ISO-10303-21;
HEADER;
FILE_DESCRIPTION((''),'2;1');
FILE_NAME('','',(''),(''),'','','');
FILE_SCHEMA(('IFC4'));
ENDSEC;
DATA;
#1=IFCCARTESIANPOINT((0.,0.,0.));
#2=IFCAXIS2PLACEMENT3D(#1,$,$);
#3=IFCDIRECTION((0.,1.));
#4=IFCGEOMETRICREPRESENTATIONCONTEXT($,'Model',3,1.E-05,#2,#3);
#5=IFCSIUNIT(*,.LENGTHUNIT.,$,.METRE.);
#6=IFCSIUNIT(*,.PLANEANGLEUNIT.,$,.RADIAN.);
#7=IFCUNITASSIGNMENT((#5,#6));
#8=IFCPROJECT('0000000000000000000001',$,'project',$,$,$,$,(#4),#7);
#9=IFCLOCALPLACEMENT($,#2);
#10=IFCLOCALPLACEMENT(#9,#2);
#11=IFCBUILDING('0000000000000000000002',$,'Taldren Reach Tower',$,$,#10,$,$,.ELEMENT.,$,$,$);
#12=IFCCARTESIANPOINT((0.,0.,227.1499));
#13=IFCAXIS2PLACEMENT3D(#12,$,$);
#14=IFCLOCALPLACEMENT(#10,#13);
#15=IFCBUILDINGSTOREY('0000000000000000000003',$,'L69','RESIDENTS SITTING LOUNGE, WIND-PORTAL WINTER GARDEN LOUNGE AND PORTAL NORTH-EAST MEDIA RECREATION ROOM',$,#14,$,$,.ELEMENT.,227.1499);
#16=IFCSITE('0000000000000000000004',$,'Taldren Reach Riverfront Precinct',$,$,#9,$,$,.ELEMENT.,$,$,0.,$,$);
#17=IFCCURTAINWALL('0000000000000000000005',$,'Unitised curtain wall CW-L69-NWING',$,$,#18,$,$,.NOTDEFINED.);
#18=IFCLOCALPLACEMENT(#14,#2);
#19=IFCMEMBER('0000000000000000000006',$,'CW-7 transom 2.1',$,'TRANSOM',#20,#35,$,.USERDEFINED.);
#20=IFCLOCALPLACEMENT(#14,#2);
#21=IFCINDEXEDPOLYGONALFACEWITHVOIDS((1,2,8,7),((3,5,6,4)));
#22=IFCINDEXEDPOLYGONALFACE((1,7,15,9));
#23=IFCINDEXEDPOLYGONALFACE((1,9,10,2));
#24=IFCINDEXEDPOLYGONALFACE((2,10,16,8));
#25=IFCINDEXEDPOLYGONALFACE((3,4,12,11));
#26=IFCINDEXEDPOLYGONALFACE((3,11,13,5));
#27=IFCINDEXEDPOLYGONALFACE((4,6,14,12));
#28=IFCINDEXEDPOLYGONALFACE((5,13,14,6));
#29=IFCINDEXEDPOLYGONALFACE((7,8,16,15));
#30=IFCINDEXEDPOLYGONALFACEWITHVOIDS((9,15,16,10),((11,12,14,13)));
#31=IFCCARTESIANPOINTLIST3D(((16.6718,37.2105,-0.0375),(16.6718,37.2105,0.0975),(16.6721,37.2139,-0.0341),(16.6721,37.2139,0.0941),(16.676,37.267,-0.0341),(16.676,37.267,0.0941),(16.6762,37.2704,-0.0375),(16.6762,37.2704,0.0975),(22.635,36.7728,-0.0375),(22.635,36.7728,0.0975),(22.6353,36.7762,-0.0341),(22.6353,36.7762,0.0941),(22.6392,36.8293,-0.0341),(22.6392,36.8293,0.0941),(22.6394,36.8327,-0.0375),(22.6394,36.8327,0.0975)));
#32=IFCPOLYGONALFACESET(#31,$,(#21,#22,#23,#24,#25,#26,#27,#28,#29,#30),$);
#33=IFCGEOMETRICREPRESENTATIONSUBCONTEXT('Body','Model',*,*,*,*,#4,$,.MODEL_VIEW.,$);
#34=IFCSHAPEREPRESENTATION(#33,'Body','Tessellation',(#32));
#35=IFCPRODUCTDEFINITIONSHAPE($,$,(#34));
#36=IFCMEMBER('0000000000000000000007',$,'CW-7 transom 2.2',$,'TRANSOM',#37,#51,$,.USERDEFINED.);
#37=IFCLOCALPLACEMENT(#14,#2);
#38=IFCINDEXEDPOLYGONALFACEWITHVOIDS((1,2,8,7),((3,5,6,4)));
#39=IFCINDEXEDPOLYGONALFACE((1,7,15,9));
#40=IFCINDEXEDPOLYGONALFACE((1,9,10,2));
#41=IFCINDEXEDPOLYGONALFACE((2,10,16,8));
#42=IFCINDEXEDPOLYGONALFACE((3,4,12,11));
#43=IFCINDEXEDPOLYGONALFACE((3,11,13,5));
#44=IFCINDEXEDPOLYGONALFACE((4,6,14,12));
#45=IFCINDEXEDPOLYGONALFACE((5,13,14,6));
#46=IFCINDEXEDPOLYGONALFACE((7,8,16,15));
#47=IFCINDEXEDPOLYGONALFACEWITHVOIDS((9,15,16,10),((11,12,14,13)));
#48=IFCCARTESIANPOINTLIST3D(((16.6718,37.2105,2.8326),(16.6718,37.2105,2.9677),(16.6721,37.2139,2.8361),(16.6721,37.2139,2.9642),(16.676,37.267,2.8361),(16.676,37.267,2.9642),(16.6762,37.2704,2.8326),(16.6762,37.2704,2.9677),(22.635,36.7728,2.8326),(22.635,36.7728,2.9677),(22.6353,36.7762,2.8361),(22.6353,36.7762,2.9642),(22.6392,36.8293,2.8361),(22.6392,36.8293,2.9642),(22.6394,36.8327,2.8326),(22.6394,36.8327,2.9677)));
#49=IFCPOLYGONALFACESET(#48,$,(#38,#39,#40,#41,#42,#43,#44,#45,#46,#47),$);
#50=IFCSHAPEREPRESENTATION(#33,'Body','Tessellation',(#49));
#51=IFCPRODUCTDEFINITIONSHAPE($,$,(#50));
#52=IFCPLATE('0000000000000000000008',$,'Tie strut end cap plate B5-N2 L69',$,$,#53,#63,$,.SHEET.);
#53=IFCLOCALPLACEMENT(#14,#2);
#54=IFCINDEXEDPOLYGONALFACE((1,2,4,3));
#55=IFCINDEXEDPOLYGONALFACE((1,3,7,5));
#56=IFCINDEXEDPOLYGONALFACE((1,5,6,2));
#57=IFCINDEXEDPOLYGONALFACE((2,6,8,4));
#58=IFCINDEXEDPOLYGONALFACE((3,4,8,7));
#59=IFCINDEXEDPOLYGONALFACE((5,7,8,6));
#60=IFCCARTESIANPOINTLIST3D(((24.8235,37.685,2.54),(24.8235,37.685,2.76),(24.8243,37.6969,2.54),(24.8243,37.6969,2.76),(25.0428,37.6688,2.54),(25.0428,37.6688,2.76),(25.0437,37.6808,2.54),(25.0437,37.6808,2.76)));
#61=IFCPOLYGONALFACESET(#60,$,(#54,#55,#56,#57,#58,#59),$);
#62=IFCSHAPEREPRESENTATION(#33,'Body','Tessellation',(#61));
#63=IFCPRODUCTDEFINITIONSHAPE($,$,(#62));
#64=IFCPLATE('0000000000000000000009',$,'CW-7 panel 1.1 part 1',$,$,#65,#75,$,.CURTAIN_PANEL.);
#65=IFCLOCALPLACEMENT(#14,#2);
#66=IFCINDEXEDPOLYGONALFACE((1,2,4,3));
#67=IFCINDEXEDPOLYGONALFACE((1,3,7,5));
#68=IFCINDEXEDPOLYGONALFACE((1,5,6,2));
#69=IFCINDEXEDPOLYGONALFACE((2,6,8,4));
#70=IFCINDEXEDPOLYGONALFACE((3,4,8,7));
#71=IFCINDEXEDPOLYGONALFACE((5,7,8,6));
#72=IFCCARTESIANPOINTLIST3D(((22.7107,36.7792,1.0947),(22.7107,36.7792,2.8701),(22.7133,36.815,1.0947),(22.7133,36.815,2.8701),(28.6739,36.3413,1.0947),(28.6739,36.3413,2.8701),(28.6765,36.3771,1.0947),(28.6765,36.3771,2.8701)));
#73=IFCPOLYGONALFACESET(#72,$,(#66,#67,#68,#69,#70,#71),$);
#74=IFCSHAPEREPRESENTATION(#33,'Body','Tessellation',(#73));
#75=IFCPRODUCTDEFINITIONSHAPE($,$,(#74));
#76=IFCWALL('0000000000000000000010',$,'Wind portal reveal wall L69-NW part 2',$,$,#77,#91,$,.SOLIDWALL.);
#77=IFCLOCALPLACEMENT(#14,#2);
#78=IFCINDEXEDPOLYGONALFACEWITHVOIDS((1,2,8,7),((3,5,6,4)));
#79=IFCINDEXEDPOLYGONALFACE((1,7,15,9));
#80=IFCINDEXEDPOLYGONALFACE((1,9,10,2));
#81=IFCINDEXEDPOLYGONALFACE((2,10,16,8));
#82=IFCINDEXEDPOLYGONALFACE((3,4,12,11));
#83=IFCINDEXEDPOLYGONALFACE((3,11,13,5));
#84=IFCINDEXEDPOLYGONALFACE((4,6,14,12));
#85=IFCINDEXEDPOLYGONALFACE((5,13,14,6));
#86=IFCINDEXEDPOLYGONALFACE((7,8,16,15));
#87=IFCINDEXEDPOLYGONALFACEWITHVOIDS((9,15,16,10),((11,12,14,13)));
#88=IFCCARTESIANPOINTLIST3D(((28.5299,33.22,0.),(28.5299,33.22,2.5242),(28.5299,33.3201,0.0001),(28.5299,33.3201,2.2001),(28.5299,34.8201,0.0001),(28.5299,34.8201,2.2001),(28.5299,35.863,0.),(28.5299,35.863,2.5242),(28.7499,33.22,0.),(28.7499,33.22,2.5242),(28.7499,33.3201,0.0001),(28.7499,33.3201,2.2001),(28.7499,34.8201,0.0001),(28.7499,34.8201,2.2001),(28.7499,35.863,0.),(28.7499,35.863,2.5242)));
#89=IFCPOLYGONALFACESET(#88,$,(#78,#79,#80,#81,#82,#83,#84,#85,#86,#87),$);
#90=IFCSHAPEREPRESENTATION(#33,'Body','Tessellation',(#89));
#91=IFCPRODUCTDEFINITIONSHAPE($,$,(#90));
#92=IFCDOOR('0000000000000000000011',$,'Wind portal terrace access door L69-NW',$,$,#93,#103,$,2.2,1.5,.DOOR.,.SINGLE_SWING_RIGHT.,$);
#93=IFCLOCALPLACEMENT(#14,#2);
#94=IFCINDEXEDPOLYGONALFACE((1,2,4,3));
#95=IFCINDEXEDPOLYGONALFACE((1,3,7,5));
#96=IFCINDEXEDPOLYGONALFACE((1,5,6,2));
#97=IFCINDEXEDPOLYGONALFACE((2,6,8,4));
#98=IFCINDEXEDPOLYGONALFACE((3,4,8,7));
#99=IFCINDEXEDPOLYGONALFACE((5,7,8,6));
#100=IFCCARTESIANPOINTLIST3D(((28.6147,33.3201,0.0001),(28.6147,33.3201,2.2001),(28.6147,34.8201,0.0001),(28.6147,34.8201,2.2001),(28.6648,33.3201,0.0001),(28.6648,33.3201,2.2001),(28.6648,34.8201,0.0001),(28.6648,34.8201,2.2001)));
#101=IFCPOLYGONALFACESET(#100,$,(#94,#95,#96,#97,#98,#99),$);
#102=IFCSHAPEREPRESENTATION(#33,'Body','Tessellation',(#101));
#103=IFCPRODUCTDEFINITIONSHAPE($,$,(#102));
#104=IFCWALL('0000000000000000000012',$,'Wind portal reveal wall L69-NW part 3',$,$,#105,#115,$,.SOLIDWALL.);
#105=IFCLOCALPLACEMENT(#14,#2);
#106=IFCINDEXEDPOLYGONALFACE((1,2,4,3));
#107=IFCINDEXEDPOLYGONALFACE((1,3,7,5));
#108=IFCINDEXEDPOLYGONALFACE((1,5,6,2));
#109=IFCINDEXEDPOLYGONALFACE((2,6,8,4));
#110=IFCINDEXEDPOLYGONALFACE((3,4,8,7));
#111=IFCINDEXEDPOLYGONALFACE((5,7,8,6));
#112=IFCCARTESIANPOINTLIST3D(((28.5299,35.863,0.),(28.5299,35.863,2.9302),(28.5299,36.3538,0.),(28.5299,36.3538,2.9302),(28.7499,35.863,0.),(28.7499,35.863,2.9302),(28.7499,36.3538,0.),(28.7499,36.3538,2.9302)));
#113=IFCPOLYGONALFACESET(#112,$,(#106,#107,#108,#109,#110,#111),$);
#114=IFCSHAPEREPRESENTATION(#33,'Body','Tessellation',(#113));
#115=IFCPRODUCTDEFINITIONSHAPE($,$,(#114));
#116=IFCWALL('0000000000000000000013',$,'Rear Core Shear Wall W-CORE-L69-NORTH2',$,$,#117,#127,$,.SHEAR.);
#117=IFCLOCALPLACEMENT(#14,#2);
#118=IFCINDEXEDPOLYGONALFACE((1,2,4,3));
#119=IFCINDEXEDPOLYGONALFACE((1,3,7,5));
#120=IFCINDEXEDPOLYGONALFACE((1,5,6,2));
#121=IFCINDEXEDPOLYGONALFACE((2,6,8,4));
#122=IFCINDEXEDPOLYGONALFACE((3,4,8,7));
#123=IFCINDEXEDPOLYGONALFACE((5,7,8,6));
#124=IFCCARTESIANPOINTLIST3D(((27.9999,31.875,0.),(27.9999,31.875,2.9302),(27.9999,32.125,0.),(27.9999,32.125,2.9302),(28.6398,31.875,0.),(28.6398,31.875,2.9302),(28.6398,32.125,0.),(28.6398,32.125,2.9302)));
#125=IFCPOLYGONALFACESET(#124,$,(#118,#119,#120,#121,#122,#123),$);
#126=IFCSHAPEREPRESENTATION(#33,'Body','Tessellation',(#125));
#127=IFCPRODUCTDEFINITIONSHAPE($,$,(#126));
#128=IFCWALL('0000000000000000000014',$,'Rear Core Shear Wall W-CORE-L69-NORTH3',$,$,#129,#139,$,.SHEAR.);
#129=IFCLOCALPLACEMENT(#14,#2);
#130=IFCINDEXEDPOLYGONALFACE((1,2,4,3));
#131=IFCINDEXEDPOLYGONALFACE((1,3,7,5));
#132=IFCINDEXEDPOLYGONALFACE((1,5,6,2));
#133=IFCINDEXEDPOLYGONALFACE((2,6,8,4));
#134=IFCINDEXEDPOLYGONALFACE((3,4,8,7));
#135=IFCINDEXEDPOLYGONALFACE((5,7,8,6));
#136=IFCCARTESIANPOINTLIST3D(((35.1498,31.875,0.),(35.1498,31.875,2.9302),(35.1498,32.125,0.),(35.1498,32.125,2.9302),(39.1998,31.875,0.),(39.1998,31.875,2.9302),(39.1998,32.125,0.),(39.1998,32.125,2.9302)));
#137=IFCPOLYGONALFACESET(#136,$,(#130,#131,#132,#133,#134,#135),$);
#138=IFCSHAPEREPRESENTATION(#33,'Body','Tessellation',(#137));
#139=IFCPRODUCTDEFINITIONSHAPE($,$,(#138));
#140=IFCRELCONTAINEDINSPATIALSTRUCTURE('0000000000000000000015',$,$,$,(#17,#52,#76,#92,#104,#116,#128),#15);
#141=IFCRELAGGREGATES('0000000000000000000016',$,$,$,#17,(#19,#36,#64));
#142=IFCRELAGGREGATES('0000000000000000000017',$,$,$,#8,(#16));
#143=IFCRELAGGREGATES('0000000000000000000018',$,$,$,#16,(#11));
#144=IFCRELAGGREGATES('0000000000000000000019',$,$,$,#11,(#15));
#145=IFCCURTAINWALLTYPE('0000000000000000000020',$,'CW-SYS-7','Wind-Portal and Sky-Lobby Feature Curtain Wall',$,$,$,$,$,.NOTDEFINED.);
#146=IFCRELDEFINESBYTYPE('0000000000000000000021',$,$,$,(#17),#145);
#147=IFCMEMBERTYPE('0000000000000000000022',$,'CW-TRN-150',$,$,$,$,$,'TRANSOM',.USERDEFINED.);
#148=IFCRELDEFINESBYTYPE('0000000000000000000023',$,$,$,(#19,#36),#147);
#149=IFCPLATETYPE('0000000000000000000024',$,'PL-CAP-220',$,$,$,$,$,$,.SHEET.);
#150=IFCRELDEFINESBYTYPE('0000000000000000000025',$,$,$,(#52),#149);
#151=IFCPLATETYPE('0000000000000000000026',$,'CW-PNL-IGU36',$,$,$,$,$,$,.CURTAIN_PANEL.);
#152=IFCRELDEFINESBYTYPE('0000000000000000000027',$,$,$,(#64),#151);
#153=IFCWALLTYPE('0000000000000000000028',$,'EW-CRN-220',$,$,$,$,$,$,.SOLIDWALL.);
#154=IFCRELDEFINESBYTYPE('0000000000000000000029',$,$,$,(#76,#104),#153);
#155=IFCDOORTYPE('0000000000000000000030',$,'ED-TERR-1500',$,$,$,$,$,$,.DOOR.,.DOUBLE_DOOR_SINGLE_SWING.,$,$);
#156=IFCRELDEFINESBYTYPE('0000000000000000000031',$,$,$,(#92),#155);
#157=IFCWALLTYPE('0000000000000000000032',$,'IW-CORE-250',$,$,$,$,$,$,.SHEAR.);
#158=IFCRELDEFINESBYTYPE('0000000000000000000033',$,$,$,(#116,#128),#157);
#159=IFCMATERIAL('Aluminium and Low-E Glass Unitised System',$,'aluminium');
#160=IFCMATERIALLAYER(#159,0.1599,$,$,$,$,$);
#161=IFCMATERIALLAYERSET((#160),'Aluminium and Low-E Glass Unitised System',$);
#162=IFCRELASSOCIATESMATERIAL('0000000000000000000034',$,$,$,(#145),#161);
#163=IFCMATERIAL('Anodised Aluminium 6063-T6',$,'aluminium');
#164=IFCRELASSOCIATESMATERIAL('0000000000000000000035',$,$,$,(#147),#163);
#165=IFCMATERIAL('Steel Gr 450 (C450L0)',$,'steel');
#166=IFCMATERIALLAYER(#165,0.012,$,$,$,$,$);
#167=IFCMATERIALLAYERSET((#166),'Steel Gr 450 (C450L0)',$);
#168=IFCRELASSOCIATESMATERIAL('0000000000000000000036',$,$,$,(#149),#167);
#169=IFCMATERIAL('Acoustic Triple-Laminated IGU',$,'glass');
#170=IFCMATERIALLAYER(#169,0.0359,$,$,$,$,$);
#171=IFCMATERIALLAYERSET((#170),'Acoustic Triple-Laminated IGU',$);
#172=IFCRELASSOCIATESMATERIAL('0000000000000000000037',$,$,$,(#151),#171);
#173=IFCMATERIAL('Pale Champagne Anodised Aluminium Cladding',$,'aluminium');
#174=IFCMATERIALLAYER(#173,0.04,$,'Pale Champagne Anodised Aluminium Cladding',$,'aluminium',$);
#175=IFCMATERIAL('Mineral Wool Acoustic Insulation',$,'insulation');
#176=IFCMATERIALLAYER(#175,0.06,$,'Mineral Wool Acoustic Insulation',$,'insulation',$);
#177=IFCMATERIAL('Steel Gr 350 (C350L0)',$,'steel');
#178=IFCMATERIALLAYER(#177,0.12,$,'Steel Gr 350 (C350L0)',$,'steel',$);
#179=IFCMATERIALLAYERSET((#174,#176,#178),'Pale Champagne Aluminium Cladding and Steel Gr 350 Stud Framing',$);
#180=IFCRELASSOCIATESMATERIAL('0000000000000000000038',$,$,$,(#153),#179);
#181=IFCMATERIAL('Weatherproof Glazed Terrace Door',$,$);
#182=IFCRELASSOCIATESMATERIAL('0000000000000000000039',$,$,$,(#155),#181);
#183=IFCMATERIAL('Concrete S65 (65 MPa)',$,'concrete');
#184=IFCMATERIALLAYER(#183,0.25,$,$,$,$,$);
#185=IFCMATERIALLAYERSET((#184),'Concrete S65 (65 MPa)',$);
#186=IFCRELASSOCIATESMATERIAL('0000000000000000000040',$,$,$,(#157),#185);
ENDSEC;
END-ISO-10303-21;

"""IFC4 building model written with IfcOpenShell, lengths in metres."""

from ifc_helpers import new_model, si_unit, direction, frame, frame_2d, origin, origin_2d, place, context, subcontext, project, spatial, rectangle, hollow_rectangle, extrude, source, transform, mapped, material, layer, layer_set, material_profile, profile_set, type_object, element, fill, aggregate, save


model = new_model("IFC4")

# Units and contexts
model_context = context("Model", 3, precision=1e-05, world=origin(), true_north=direction((0.0, 1.0)))
body_context = subcontext(model_context, "Body", "Model", "MODEL_VIEW")
ifc_project = project(units=[si_unit("LENGTHUNIT", "METRE"), si_unit("PLANEANGLEUNIT", "RADIAN")], contexts=[model_context])

# Site, building, storey
site_placement = place(None, origin())
site = spatial("IfcSite", under=ifc_project, at=site_placement, Name="Taldren Reach Riverfront Precinct", CompositionType="ELEMENT", RefElevation=0.0)
building_placement = place(site_placement, origin())
building = spatial("IfcBuilding", under=site, at=building_placement, Name="Taldren Reach Tower", CompositionType="ELEMENT")
storey_placement = place(building_placement, frame((0.0, 0.0, 227.1499)))
storey = spatial("IfcBuildingStorey", under=building, at=storey_placement, Name="L69", Description="RESIDENTS SITTING LOUNGE, WIND-PORTAL WINTER GARDEN LOUNGE AND PORTAL NORTH-EAST MEDIA RECREATION ROOM", CompositionType="ELEMENT", Elevation=227.1499)

# Shared definitions
ifc_material_1 = material(Name="Steel Gr 450 (C450L0)", Category="steel")
ifc_material_2 = material(Name="Steel Gr 350 (C350L0)", Category="steel")

# Shared definitions
ifc_material_3 = material(Name="Aluminium and Low-E Glass Unitised System", Category="aluminium")
ifc_layer_1 = layer(ifc_material_3, 0.1599)
ifc_layer_set_1 = layer_set([ifc_layer_1], Name="Aluminium and Low-E Glass Unitised System")
curtain_wall_type = type_object("IfcCurtainWallType", Name="CW-SYS-7", Description="Wind-Portal and Sky-Lobby Feature Curtain Wall", PredefinedType="NOTDEFINED", material=ifc_layer_set_1)
ifc_material_4 = material(Name="Anodised Aluminium 6063-T6", Category="aluminium")

# Curtain wall, members
curtain_wall_1_placement = place(storey_placement, origin())
curtain_wall_1 = element("IfcCurtainWall", 1, at=curtain_wall_1_placement, inside=storey, type_object=curtain_wall_type, Name="Unitised curtain wall CW-L69-NWING", PredefinedType="NOTDEFINED")
ifc_material_profile_1 = material_profile(ifc_material_4, hollow_rectangle(XDim=0.0601, YDim=0.135, WallThickness=0.0034, at=origin_2d()), Name="ALU-135x60x3.5RHS")
ifc_profile_set_1 = profile_set([ifc_material_profile_1], Name="Anodised Aluminium 6063-T6")
member_type_1 = type_object("IfcMemberType", Name="CW-TRN-150", ElementType="TRANSOM", PredefinedType="USERDEFINED", material=ifc_profile_set_1)
shared_shape_1 = source(origin(), body_context, "Body", "SweptSolid", [
    extrude(hollow_rectangle(XDim=0.0601, YDim=0.135, WallThickness=0.0034, at=origin_2d()), origin(), (0.0, 0.0, 1.0), 5.9792),
])
member_1_placement = place(storey_placement, frame((22.6372, 36.8027, 0.03), z_axis=(-0.997316, 0.073211, 0.0), x_axis=(-0.073211, -0.997316, 0.0)))
member_1 = element("IfcMember", 2, at=member_1_placement, type_object=member_type_1, Name="CW-7 transom 2.1", ObjectType="TRANSOM", PredefinedType="USERDEFINED", context=body_context, shape_type="MappedRepresentation", body=[
    mapped(shared_shape_1, transform((0.0, 0.0, 0.0), scale=1.0)),
])
member_2_placement = place(storey_placement, frame((22.6372, 36.8027, 2.9001), z_axis=(-0.997316, 0.073211, 0.0), x_axis=(-0.073211, -0.997316, 0.0)))
member_2 = element("IfcMember", 3, at=member_2_placement, type_object=member_type_1, Name="CW-7 transom 2.2", ObjectType="TRANSOM", PredefinedType="USERDEFINED", context=body_context, shape_type="MappedRepresentation", body=[
    mapped(shared_shape_1, transform((0.0, 0.0, 0.0), scale=1.0)),
])

# Plates
ifc_layer_2 = layer(ifc_material_1, 0.012)
ifc_layer_set_2 = layer_set([ifc_layer_2], Name="Steel Gr 450 (C450L0)")
plate_type_1 = type_object("IfcPlateType", Name="PL-CAP-220", PredefinedType="SHEET", material=ifc_layer_set_2)
shared_shape_2 = source(origin(), body_context, "Body", "SweptSolid", [
    extrude(rectangle(XDim=0.22, YDim=0.012, at=origin_2d()), origin(), (0.0, 0.0, 1.0), 0.22),
])
plate_1_placement = place(storey_placement, frame((24.9336, 37.6829, 2.54), z_axis=(0.0, 0.0, 1.0), x_axis=(0.997314, -0.073238, 0.0)))
element("IfcPlate", 4, at=plate_1_placement, inside=storey, type_object=plate_type_1, Name="Tie strut end cap plate B5-N2 L69", PredefinedType="SHEET", context=body_context, shape_type="MappedRepresentation", body=[
    mapped(shared_shape_2, transform((0.0, 0.0, 0.0), scale=1.0)),
])
ifc_material_5 = material(Name="Acoustic Triple-Laminated IGU", Category="glass")
ifc_layer_3 = layer(ifc_material_5, 0.0359)
ifc_layer_set_3 = layer_set([ifc_layer_3], Name="Acoustic Triple-Laminated IGU")
plate_type_2 = type_object("IfcPlateType", Name="CW-PNL-IGU36", PredefinedType="CURTAIN_PANEL", material=ifc_layer_set_3)
shared_shape_3 = source(origin(), body_context, "Body", "SweptSolid", [
    extrude(rectangle(XDim=5.9792, YDim=0.0359, at=origin_2d()), origin(), (0.0, 0.0, 1.0), 1.7754),
])
plate_2_placement = place(storey_placement, frame((25.6936, 36.5781, 1.0947), z_axis=(0.0, 0.0, 1.0), x_axis=(-0.997314, 0.073238, 0.0)))
plate_2 = element("IfcPlate", 5, at=plate_2_placement, type_object=plate_type_2, Name="CW-7 panel 1.1 part 1", PredefinedType="CURTAIN_PANEL", context=body_context, shape_type="MappedRepresentation", body=[
    mapped(shared_shape_3, transform((0.0, 0.0, 0.0), scale=1.0)),
])
aggregate(curtain_wall_1, [member_1, member_2, plate_2])

# Wall, opening, door
ifc_material_6 = material(Name="Pale Champagne Anodised Aluminium Cladding", Category="aluminium")
ifc_layer_4 = layer(ifc_material_6, 0.04, Name="Pale Champagne Anodised Aluminium Cladding", Category="aluminium")
ifc_material_7 = material(Name="Mineral Wool Acoustic Insulation", Category="insulation")
ifc_layer_5 = layer(ifc_material_7, 0.06, Name="Mineral Wool Acoustic Insulation", Category="insulation")
ifc_layer_6 = layer(ifc_material_2, 0.12, Name="Steel Gr 350 (C350L0)", Category="steel")
ifc_layer_set_4 = layer_set([ifc_layer_4, ifc_layer_5, ifc_layer_6], Name="Pale Champagne Aluminium Cladding and Steel Gr 350 Stud Framing")
wall_type_1 = type_object("IfcWallType", Name="EW-CRN-220", PredefinedType="SOLIDWALL", material=ifc_layer_set_4)
shared_shape_4 = source(origin(), body_context, "Body", "SweptSolid", [
    extrude(rectangle(XDim=2.6431, YDim=0.22, at=frame_2d((1.3215, 0.0))), origin(), (0.0, 0.0, 1.0), 2.5242),
])
wall_1_placement = place(storey_placement, frame((28.6399, 33.22, 0.0), z_axis=(0.0, 0.0, 1.0), x_axis=(0.0, 1.0, 0.0)))
wall_1 = element("IfcWall", 6, at=wall_1_placement, inside=storey, type_object=wall_type_1, Name="Wind portal reveal wall L69-NW part 2", PredefinedType="SOLIDWALL", context=body_context, shape_type="MappedRepresentation", body=[
    mapped(shared_shape_4, transform((0.0, 0.0, 0.0), scale=1.0)),
])
shared_shape_5 = source(origin(), body_context, "Body", "SweptSolid", [
    extrude(rectangle(XDim=1.5, YDim=2.2, at=frame_2d((0.75, 1.1001))), frame((0.0, 0.1201, 0.0), z_axis=(0.0, -1.0, 0.0), x_axis=(1.0, 0.0, 0.0)), (0.0, 0.0, 1.0), 0.24),
])
opening_placement = place(wall_1_placement, frame((0.1001, 0.0, 0.0)))
opening = element("IfcOpeningElement", 7, at=opening_placement, cuts=wall_1, PredefinedType="OPENING", context=body_context, shape_type="MappedRepresentation", body=[
    mapped(shared_shape_5, transform((0.0, 0.0, 0.0), scale=1.0)),
])
ifc_material_8 = material(Name="Weatherproof Glazed Terrace Door")
door_type = type_object("IfcDoorType", Name="ED-TERR-1500", OperationType="DOUBLE_DOOR_SINGLE_SWING", PredefinedType="DOOR", material=ifc_material_8)
shared_shape_6 = source(origin(), body_context, "Body", "SweptSolid", [
    extrude(rectangle(XDim=1.5, YDim=2.2, at=frame_2d((0.75, 1.1001))), frame((0.0, 0.0249, 0.0), z_axis=(0.0, -1.0, 0.0), x_axis=(1.0, 0.0, 0.0)), (0.0, 0.0, 1.0), 0.05),
])
door_placement = place(opening_placement, frame((1.5, 0.0, 0.0), z_axis=(0.0, 0.0, 1.0), x_axis=(-1.0, 0.0, 0.0)))
door = element("IfcDoor", 8, at=door_placement, inside=storey, type_object=door_type, Name="Wind portal terrace access door L69-NW", OperationType="SINGLE_SWING_RIGHT", OverallHeight=2.2, OverallWidth=1.5, PredefinedType="DOOR", context=body_context, shape_type="MappedRepresentation", body=[
    mapped(shared_shape_6, transform((0.0, 0.0, 0.0), scale=1.0)),
])
fill(opening, door)

# Walls
shared_shape_7 = source(origin(), body_context, "Body", "SweptSolid", [
    extrude(rectangle(XDim=0.4907, YDim=0.22, at=frame_2d((0.2454, 0.0))), origin(), (0.0, 0.0, 1.0), 2.9302),
])
wall_2_placement = place(storey_placement, frame((28.6399, 35.863, 0.0), z_axis=(0.0, 0.0, 1.0), x_axis=(0.0, 1.0, 0.0)))
element("IfcWall", 9, at=wall_2_placement, inside=storey, type_object=wall_type_1, Name="Wind portal reveal wall L69-NW part 3", PredefinedType="SOLIDWALL", context=body_context, shape_type="MappedRepresentation", body=[
    mapped(shared_shape_7, transform((0.0, 0.0, 0.0), scale=1.0)),
])
ifc_material_9 = material(Name="Concrete S65 (65 MPa)", Category="concrete")
ifc_layer_7 = layer(ifc_material_9, 0.25)
ifc_layer_set_5 = layer_set([ifc_layer_7], Name="Concrete S65 (65 MPa)")
wall_type_2 = type_object("IfcWallType", Name="IW-CORE-250", PredefinedType="SHEAR", material=ifc_layer_set_5)
shared_shape_8 = source(origin(), body_context, "Body", "SweptSolid", [
    extrude(rectangle(XDim=0.6399, YDim=0.25, at=frame_2d((0.3198, 0.0))), origin(), (0.0, 0.0, 1.0), 2.9302),
])
wall_3_placement = place(storey_placement, frame((28.0, 32.0, 0.0), z_axis=(0.0, 0.0, 1.0), x_axis=(1.0, 0.0, 0.0)))
element("IfcWall", 10, at=wall_3_placement, inside=storey, type_object=wall_type_2, Name="Rear Core Shear Wall W-CORE-L69-NORTH2", PredefinedType="SHEAR", context=body_context, shape_type="MappedRepresentation", body=[
    mapped(shared_shape_8, transform((0.0, 0.0, 0.0), scale=1.0)),
])
shared_shape_9 = source(origin(), body_context, "Body", "SweptSolid", [
    extrude(rectangle(XDim=4.05, YDim=0.25, at=frame_2d((2.0249, 0.0))), origin(), (0.0, 0.0, 1.0), 2.9302),
])
wall_4_placement = place(storey_placement, frame((35.1499, 32.0, 0.0), z_axis=(0.0, 0.0, 1.0), x_axis=(1.0, 0.0, 0.0)))
element("IfcWall", 11, at=wall_4_placement, inside=storey, type_object=wall_type_2, Name="Rear Core Shear Wall W-CORE-L69-NORTH3", PredefinedType="SHEAR", context=body_context, shape_type="MappedRepresentation", body=[
    mapped(shared_shape_9, transform((0.0, 0.0, 0.0), scale=1.0)),
])

save(model, "model.ifc")
